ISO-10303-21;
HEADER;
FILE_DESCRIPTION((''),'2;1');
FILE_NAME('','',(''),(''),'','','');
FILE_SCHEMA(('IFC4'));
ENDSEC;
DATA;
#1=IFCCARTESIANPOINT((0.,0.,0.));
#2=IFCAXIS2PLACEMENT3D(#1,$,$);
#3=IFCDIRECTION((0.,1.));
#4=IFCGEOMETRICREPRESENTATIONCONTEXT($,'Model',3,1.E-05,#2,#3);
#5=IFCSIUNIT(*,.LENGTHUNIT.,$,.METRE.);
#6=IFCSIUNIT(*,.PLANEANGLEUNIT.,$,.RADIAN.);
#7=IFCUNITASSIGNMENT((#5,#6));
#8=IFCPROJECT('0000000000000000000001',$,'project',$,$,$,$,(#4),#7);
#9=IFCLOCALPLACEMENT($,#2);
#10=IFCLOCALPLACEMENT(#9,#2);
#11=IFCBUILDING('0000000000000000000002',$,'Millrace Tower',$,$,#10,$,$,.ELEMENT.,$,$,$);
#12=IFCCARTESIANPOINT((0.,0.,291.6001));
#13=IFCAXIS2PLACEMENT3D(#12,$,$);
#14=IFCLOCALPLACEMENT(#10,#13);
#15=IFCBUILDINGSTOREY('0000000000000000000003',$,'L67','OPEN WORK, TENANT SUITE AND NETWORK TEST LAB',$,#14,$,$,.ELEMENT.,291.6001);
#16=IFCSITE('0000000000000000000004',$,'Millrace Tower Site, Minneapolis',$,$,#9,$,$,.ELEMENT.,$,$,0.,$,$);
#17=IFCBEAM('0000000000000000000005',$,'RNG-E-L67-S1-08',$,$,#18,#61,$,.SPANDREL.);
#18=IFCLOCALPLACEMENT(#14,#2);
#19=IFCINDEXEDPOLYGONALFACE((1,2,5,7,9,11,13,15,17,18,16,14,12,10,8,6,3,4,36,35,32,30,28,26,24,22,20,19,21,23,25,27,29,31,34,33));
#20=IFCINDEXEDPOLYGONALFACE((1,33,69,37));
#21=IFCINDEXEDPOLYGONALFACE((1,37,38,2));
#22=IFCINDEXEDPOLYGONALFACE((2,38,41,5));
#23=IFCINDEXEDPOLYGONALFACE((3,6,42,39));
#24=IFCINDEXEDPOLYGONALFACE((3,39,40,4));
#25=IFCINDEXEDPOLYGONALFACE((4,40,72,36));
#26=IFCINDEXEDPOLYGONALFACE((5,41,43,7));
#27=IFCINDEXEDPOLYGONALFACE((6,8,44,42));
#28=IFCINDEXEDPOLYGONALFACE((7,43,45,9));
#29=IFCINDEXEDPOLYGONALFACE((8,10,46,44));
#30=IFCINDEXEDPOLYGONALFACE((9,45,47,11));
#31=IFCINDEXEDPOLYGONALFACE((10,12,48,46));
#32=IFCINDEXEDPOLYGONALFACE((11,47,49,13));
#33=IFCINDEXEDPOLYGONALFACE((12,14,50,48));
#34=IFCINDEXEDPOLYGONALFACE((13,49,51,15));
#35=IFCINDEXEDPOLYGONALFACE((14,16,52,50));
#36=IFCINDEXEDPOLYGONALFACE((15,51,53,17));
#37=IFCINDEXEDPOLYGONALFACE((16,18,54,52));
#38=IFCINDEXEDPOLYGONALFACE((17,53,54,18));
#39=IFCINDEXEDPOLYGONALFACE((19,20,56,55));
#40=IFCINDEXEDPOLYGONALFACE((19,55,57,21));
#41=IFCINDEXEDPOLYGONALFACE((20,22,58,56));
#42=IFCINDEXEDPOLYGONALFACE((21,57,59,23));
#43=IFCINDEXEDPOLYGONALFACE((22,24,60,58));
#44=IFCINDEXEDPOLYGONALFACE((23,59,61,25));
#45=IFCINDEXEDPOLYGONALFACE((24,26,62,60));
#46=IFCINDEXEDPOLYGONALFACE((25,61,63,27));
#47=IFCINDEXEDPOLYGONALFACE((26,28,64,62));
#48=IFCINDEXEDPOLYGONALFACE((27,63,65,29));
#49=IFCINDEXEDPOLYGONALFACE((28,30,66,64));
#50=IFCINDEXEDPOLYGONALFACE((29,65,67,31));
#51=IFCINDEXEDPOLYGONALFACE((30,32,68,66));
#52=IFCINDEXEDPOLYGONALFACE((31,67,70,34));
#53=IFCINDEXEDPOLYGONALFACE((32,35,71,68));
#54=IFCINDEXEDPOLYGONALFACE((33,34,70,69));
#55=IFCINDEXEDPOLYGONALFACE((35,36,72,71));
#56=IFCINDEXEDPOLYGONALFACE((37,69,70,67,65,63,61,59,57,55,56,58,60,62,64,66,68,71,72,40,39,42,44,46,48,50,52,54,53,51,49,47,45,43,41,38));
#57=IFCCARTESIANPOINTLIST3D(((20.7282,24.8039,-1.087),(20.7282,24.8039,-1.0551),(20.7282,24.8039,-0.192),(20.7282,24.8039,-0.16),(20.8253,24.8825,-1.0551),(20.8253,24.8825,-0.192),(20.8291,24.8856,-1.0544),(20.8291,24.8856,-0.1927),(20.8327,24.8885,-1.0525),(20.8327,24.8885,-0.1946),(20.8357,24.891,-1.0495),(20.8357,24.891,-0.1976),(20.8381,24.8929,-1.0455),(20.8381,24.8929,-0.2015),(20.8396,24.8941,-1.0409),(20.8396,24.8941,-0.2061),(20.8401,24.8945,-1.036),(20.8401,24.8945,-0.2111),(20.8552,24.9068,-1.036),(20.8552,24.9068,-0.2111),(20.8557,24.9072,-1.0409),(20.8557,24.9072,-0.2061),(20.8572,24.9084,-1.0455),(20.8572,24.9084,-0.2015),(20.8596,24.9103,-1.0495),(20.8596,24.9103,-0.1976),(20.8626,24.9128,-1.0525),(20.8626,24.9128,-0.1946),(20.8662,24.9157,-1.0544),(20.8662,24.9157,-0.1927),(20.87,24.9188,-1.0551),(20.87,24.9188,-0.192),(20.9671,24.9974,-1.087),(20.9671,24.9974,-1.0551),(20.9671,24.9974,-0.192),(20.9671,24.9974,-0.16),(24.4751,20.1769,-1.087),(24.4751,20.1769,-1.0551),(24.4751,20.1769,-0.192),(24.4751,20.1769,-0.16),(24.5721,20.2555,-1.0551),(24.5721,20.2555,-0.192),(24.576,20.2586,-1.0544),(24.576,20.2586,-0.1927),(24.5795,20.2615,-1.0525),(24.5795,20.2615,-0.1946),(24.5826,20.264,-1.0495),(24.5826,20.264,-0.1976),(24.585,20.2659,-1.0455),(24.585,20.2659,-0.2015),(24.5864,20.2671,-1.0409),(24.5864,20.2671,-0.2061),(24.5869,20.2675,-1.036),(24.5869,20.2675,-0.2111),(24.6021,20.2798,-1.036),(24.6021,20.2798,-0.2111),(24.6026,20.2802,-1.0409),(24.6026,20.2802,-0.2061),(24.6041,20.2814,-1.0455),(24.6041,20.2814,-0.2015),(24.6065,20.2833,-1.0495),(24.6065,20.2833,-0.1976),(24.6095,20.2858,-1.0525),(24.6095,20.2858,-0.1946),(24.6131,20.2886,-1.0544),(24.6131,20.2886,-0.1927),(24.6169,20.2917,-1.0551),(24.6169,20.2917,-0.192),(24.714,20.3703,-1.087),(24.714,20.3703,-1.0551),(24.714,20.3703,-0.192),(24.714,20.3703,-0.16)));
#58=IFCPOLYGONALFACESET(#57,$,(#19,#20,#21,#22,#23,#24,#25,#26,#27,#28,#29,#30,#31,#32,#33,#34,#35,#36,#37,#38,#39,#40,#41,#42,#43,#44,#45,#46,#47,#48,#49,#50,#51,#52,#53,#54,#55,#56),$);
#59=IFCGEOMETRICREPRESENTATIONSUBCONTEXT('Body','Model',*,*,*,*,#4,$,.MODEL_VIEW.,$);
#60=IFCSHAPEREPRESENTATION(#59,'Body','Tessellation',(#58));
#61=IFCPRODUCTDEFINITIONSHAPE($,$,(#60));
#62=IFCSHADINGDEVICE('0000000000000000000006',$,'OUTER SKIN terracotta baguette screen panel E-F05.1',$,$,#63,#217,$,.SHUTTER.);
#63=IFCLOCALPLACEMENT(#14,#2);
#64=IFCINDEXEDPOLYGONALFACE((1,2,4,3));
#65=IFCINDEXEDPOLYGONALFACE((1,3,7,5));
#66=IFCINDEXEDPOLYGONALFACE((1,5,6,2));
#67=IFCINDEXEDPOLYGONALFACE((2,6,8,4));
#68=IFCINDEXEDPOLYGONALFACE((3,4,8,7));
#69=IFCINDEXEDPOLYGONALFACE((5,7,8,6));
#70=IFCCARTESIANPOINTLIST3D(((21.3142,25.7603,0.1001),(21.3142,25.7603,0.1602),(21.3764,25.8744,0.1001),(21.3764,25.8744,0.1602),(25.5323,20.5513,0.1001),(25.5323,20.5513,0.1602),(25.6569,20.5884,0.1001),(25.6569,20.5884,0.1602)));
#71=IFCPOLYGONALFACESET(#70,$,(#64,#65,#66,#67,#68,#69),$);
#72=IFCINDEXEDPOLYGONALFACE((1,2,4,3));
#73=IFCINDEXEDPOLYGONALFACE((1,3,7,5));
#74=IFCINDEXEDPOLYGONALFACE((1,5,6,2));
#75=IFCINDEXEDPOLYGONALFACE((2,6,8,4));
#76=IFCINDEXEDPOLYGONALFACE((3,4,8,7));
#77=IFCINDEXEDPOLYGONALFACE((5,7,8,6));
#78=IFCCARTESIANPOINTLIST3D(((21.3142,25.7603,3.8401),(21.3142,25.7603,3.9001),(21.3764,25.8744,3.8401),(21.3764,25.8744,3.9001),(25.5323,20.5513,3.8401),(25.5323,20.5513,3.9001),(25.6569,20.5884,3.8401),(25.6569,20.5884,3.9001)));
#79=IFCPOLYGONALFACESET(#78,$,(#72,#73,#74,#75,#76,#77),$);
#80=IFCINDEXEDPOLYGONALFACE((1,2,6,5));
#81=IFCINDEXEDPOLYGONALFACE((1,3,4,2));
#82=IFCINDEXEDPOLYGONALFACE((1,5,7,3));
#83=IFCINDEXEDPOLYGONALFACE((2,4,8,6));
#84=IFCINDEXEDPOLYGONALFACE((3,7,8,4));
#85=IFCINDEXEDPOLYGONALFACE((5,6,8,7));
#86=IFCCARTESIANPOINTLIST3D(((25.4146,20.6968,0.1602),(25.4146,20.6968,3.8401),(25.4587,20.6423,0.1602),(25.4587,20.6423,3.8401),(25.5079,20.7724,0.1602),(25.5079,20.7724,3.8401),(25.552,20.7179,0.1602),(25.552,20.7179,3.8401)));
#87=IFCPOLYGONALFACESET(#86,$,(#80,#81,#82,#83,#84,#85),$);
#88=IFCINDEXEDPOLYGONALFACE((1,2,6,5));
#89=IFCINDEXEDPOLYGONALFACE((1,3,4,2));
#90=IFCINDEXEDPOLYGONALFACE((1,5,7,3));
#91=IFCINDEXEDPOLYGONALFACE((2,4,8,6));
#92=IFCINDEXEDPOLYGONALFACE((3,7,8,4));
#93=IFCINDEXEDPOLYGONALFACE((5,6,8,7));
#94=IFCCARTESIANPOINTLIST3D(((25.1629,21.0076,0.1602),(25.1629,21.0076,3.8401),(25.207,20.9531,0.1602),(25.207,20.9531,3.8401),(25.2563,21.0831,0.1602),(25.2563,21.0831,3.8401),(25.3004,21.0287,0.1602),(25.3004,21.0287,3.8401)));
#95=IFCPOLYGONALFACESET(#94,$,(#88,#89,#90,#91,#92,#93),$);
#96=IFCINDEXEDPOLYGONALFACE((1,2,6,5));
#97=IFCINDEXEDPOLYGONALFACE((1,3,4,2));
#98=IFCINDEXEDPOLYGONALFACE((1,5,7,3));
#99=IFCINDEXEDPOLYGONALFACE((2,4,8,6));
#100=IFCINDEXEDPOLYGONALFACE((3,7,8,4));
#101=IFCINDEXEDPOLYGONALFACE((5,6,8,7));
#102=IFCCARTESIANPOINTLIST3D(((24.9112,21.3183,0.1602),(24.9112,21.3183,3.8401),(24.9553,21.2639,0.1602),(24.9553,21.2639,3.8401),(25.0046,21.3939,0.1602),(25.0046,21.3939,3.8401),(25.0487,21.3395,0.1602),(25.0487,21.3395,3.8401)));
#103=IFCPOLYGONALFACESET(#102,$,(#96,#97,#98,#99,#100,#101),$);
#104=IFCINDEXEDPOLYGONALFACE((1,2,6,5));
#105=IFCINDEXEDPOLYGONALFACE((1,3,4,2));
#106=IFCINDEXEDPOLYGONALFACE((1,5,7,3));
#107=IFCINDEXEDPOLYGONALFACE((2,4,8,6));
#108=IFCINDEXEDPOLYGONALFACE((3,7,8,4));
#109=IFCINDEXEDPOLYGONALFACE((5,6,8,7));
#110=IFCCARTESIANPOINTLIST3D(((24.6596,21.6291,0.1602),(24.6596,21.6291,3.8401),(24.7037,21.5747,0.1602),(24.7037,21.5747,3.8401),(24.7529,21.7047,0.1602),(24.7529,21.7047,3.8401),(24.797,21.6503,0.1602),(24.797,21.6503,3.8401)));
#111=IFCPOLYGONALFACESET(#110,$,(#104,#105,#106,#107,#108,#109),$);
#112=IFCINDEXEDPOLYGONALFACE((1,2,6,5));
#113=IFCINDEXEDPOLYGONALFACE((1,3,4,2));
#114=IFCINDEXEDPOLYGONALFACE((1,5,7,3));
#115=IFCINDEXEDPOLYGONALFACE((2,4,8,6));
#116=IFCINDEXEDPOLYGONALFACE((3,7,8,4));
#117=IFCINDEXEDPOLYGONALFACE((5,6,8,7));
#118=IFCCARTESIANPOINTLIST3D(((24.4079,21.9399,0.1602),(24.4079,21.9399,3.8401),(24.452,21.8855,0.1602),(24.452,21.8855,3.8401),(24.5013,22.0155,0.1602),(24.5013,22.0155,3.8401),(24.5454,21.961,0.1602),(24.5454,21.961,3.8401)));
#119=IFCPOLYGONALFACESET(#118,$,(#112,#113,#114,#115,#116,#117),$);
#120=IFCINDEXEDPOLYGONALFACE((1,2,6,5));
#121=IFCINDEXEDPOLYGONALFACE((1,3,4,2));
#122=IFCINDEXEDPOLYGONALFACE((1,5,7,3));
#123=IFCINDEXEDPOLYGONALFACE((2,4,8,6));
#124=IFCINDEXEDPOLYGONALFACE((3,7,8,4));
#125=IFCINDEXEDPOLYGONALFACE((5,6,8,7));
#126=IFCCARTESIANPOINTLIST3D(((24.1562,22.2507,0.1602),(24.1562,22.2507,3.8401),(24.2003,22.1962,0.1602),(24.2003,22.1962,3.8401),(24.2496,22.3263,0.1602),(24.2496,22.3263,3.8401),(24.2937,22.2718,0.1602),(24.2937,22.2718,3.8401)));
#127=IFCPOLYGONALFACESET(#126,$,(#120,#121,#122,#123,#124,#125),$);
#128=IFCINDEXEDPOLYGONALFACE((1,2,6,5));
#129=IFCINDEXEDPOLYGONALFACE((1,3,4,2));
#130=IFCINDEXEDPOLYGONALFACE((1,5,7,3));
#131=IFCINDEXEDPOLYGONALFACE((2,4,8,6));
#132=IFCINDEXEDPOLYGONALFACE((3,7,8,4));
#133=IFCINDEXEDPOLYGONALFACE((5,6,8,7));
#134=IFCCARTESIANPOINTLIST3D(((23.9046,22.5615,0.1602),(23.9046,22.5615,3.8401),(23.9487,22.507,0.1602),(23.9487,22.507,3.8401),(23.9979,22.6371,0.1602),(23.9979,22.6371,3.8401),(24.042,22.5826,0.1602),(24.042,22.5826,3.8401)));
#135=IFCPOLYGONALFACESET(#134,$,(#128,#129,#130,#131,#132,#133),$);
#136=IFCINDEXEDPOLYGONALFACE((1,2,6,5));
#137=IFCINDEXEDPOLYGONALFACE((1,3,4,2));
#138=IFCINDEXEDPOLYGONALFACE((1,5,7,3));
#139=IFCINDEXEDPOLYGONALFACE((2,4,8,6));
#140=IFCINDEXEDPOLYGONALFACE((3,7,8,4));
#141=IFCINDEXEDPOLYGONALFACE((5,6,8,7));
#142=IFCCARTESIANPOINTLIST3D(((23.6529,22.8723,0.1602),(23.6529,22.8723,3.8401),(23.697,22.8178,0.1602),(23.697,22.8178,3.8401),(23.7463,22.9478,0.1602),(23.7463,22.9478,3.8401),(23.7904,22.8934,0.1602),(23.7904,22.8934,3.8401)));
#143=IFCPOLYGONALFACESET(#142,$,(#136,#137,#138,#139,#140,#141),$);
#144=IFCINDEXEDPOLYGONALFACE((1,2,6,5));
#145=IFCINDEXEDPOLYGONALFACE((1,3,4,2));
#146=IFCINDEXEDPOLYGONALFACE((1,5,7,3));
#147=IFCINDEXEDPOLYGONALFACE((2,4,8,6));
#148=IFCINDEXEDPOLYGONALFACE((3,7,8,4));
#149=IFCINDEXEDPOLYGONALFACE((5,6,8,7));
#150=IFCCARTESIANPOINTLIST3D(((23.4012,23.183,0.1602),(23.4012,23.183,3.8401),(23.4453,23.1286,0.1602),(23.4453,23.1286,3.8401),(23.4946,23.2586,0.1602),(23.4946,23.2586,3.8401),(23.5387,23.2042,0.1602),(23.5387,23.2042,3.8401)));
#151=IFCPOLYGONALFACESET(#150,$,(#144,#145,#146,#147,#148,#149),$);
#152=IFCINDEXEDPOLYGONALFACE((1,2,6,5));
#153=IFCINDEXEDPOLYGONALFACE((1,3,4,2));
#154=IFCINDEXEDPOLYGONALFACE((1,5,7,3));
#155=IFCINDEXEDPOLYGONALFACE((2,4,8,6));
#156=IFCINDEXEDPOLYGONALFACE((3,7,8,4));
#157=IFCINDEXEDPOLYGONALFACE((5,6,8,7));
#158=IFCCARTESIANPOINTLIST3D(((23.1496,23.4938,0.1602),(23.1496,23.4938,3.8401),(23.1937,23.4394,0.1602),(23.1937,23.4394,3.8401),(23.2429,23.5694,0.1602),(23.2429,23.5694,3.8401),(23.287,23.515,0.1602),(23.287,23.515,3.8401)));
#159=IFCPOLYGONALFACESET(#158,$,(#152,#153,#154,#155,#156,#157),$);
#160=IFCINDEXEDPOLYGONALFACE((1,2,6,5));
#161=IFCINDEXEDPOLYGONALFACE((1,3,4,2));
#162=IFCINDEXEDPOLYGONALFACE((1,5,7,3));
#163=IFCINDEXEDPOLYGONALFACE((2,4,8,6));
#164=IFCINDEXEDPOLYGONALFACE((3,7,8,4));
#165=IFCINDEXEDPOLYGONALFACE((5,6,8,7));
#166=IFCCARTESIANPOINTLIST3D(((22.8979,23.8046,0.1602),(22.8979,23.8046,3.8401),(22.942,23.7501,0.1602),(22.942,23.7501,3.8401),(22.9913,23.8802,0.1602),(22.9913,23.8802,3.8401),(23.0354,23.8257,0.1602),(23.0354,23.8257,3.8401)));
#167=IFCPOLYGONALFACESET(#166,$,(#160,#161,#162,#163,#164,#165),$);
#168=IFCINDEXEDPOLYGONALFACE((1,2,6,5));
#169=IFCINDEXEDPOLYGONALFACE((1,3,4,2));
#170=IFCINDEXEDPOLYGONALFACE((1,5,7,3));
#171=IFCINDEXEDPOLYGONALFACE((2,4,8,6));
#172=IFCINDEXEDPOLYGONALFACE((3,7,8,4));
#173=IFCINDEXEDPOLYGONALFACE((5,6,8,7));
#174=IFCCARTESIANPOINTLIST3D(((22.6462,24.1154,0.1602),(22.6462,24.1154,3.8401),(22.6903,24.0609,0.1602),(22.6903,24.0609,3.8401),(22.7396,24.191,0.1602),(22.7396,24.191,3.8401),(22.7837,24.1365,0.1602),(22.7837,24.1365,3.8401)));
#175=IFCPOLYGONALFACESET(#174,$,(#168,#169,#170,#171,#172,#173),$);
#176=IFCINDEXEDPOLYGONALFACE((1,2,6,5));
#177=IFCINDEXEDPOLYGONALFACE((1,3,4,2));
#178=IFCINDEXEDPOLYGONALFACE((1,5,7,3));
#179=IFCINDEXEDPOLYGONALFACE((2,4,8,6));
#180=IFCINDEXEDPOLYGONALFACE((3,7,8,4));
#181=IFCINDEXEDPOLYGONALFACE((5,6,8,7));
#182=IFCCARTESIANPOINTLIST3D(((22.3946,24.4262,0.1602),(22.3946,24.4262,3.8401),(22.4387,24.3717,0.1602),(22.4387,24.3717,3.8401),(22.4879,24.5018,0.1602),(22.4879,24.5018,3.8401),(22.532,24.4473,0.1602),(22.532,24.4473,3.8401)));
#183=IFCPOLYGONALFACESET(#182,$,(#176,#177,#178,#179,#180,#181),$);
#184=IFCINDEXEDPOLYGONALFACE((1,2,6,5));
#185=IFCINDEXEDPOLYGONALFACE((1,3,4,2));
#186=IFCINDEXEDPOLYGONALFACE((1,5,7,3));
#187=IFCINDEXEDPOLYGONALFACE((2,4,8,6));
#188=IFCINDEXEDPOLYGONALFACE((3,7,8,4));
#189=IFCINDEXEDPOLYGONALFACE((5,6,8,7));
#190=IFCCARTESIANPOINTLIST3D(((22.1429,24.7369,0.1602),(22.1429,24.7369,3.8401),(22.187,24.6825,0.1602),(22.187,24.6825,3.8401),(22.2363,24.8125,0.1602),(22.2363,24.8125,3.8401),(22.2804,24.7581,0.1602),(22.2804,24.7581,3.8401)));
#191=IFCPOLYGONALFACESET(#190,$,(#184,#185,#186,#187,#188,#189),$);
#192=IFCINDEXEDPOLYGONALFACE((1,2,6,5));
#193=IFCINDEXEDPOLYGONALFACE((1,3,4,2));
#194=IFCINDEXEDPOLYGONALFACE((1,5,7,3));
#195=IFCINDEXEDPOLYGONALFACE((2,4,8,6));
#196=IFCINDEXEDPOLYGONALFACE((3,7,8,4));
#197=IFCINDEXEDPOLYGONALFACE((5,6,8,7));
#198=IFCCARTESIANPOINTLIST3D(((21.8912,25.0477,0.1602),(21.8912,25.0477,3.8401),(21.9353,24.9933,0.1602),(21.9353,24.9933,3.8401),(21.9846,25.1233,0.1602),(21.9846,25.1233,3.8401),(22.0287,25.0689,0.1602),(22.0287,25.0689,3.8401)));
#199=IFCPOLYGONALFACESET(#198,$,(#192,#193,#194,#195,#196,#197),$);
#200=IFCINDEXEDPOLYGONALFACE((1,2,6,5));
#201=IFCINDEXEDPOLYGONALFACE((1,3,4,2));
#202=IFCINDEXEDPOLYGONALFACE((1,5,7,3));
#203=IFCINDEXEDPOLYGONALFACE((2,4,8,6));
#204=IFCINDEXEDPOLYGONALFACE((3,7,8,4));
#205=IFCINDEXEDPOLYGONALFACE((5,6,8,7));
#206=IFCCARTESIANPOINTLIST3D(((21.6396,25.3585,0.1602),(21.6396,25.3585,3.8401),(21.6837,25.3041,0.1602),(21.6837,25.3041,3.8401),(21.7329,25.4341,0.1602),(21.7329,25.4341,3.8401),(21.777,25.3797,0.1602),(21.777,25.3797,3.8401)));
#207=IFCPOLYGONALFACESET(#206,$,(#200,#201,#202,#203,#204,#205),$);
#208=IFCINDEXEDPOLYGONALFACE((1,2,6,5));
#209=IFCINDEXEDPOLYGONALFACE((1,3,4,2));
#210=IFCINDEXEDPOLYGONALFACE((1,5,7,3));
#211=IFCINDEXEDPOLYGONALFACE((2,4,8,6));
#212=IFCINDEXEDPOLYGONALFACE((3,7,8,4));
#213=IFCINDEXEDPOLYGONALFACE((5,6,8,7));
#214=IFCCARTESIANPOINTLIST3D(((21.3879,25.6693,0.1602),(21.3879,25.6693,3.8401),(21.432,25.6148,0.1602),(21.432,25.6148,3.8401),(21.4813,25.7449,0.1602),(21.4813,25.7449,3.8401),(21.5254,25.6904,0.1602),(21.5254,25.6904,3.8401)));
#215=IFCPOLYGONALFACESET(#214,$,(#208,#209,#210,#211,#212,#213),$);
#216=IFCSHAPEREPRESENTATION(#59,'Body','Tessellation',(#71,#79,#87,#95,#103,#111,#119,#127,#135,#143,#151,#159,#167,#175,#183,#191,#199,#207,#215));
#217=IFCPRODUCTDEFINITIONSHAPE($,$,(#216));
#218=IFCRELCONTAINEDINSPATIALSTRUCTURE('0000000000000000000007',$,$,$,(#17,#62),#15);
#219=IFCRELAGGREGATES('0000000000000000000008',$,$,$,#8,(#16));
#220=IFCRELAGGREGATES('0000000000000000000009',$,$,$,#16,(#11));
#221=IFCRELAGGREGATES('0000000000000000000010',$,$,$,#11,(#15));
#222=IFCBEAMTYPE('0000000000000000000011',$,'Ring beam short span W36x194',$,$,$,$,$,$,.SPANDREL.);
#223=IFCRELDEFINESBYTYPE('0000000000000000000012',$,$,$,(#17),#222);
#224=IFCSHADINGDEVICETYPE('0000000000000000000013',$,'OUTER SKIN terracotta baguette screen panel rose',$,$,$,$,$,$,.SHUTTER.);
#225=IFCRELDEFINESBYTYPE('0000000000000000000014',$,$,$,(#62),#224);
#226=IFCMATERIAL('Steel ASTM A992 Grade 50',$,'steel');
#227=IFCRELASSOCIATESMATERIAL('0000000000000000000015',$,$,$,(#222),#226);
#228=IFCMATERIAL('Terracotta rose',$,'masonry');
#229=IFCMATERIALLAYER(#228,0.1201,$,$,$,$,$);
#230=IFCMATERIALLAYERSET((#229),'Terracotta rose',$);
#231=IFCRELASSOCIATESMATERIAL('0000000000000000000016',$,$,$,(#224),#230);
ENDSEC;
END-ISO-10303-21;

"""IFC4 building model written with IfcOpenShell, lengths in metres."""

from ifc_helpers import new_model, entity, si_unit, direction, frame, frame_2d, origin, origin_2d, place, context, subcontext, project, spatial, rectangle, i_section, extrude, source, transform, mapped, material, layer, layer_set, material_profile, profile_set, type_object, element, save


model = new_model("IFC4")

# Units and contexts
model_context = context("Model", 3, precision=1e-05, world=origin(), true_north=direction((0.0, 1.0)))
body_context = subcontext(model_context, "Body", "Model", "MODEL_VIEW")
ifc_project = project(units=[si_unit("LENGTHUNIT", "METRE"), si_unit("PLANEANGLEUNIT", "RADIAN")], contexts=[model_context])

# Site, building, storey
site_placement = place(None, origin())
site = spatial("IfcSite", under=ifc_project, at=site_placement, Name="Millrace Tower Site, Minneapolis", CompositionType="ELEMENT", RefElevation=0.0)
building_placement = place(site_placement, origin())
building = spatial("IfcBuilding", under=site, at=building_placement, Name="Millrace Tower", CompositionType="ELEMENT")
storey_placement = place(building_placement, frame((0.0, 0.0, 291.6001)))
storey = spatial("IfcBuildingStorey", under=building, at=storey_placement, Name="L67", Description="OPEN WORK, TENANT SUITE AND NETWORK TEST LAB", CompositionType="ELEMENT", Elevation=291.6001)

# Beam
ifc_material_1 = material(Name="Steel ASTM A992 Grade 50", Category="steel")
ifc_material_profile_1 = material_profile(ifc_material_1, i_section(OverallWidth=0.3074, OverallDepth=0.927, WebThickness=0.0195, FlangeThickness=0.032, FilletRadius=0.019, at=origin_2d()))
ifc_profile_set_1 = profile_set([ifc_material_profile_1], Name="Steel ASTM A992 Grade 50")
beam_type_1 = type_object("IfcBeamType", Name="Ring beam short span W36x194", PredefinedType="SPANDREL", material=ifc_profile_set_1)
beam_1_placement = place(storey_placement, frame((20.8477, 24.9006, -0.6235), z_axis=(0.62932, -0.777147, 0.0), x_axis=(0.777147, 0.62932, 0.0)))
element("IfcBeam", 1, at=beam_1_placement, inside=storey, type_object=beam_type_1, Name="RNG-E-L67-S1-08", PredefinedType="SPANDREL", context=body_context, shape_type="SweptSolid", body=[
    extrude(i_section(OverallWidth=0.3074, OverallDepth=0.927, WebThickness=0.0195, FlangeThickness=0.032, FilletRadius=0.019, at=origin_2d()), origin(), (0.0, 0.0, 1.0), 5.9539),
])

# Shading device
ifc_material_2 = material(Name="Terracotta rose", Category="masonry")
ifc_layer_1 = layer(ifc_material_2, 0.1201)
ifc_layer_set_1 = layer_set([ifc_layer_1], Name="Terracotta rose")
shading_device_type = type_object("IfcShadingDeviceType", Name="OUTER SKIN terracotta baguette screen panel rose", PredefinedType="SHUTTER", material=ifc_layer_set_1)
cartesian_point_1 = entity("IfcCartesianPoint", [-3.3513, 0.0601])
shared_polyline_1 = entity("IfcPolyline", [cartesian_point_1, entity("IfcCartesianPoint", [3.3513, 0.0601]), entity("IfcCartesianPoint", [3.4009, -0.0601]), entity("IfcCartesianPoint", [-3.4009, -0.0601]), cartesian_point_1])
shared_shape_1 = source(origin(), body_context, "Body", "SweptSolid", [
    entity("IfcExtrudedAreaSolid", entity("IfcArbitraryClosedProfileDef", "AREA", None, shared_polyline_1), entity("IfcAxis2Placement3D", entity("IfcCartesianPoint", [0.0, 0.0, 0.0])), entity("IfcDirection", [0.0, 0.0, 1.0]), 0.0601),
    entity("IfcExtrudedAreaSolid", entity("IfcArbitraryClosedProfileDef", "AREA", None, shared_polyline_1), entity("IfcAxis2Placement3D", entity("IfcCartesianPoint", [0.0, 0.0, 3.74])), entity("IfcDirection", [0.0, 0.0, 1.0]), 0.0601),
    extrude(rectangle(XDim=0.0701, YDim=0.1201, at=frame_2d((-3.1992, 0.0))), frame((0.0, 0.0, 0.0601)), (0.0, 0.0, 1.0), 3.6799),
    extrude(rectangle(XDim=0.0701, YDim=0.1201, at=frame_2d((-2.7993, 0.0))), frame((0.0, 0.0, 0.0601)), (0.0, 0.0, 1.0), 3.6799),
    extrude(rectangle(XDim=0.0701, YDim=0.1201, at=frame_2d((-2.3994, 0.0))), frame((0.0, 0.0, 0.0601)), (0.0, 0.0, 1.0), 3.6799),
    extrude(rectangle(XDim=0.0701, YDim=0.1201, at=frame_2d((-1.9995, 0.0))), frame((0.0, 0.0, 0.0601)), (0.0, 0.0, 1.0), 3.6799),
    extrude(rectangle(XDim=0.0701, YDim=0.1201, at=frame_2d((-1.5996, 0.0))), frame((0.0, 0.0, 0.0601)), (0.0, 0.0, 1.0), 3.6799),
    extrude(rectangle(XDim=0.0701, YDim=0.1201, at=frame_2d((-1.1997, 0.0))), frame((0.0, 0.0, 0.0601)), (0.0, 0.0, 1.0), 3.6799),
    extrude(rectangle(XDim=0.0701, YDim=0.1201, at=frame_2d((-0.7998, 0.0))), frame((0.0, 0.0, 0.0601)), (0.0, 0.0, 1.0), 3.6799),
    extrude(rectangle(XDim=0.0701, YDim=0.1201, at=frame_2d((-0.3999, 0.0))), frame((0.0, 0.0, 0.0601)), (0.0, 0.0, 1.0), 3.6799),
    extrude(rectangle(XDim=0.0701, YDim=0.1201, at=origin_2d()), frame((0.0, 0.0, 0.0601)), (0.0, 0.0, 1.0), 3.6799),
    extrude(rectangle(XDim=0.0701, YDim=0.1201, at=frame_2d((0.3999, 0.0))), frame((0.0, 0.0, 0.0601)), (0.0, 0.0, 1.0), 3.6799),
    extrude(rectangle(XDim=0.0701, YDim=0.1201, at=frame_2d((0.7998, 0.0))), frame((0.0, 0.0, 0.0601)), (0.0, 0.0, 1.0), 3.6799),
    extrude(rectangle(XDim=0.0701, YDim=0.1201, at=frame_2d((1.1997, 0.0))), frame((0.0, 0.0, 0.0601)), (0.0, 0.0, 1.0), 3.6799),
    extrude(rectangle(XDim=0.0701, YDim=0.1201, at=frame_2d((1.5996, 0.0))), frame((0.0, 0.0, 0.0601)), (0.0, 0.0, 1.0), 3.6799),
    extrude(rectangle(XDim=0.0701, YDim=0.1201, at=frame_2d((1.9995, 0.0))), frame((0.0, 0.0, 0.0601)), (0.0, 0.0, 1.0), 3.6799),
    extrude(rectangle(XDim=0.0701, YDim=0.1201, at=frame_2d((2.3994, 0.0))), frame((0.0, 0.0, 0.0601)), (0.0, 0.0, 1.0), 3.6799),
    extrude(rectangle(XDim=0.0701, YDim=0.1201, at=frame_2d((2.7993, 0.0))), frame((0.0, 0.0, 0.0601)), (0.0, 0.0, 1.0), 3.6799),
    extrude(rectangle(XDim=0.0701, YDim=0.1201, at=frame_2d((3.1992, 0.0))), frame((0.0, 0.0, 0.0601)), (0.0, 0.0, 1.0), 3.6799),
])
shading_device_1_placement = place(storey_placement, frame((23.47, 23.1936, 0.1001), z_axis=(0.0, 0.0, 1.0), x_axis=(-0.62932, 0.777146, 0.0)))
element("IfcShadingDevice", 2, at=shading_device_1_placement, inside=storey, type_object=shading_device_type, Name="OUTER SKIN terracotta baguette screen panel E-F05.1", PredefinedType="SHUTTER", context=body_context, shape_type="MappedRepresentation", body=[
    mapped(shared_shape_1, transform((0.0, 0.0, 0.0), scale=1.0)),
])

save(model, "model.ifc")
